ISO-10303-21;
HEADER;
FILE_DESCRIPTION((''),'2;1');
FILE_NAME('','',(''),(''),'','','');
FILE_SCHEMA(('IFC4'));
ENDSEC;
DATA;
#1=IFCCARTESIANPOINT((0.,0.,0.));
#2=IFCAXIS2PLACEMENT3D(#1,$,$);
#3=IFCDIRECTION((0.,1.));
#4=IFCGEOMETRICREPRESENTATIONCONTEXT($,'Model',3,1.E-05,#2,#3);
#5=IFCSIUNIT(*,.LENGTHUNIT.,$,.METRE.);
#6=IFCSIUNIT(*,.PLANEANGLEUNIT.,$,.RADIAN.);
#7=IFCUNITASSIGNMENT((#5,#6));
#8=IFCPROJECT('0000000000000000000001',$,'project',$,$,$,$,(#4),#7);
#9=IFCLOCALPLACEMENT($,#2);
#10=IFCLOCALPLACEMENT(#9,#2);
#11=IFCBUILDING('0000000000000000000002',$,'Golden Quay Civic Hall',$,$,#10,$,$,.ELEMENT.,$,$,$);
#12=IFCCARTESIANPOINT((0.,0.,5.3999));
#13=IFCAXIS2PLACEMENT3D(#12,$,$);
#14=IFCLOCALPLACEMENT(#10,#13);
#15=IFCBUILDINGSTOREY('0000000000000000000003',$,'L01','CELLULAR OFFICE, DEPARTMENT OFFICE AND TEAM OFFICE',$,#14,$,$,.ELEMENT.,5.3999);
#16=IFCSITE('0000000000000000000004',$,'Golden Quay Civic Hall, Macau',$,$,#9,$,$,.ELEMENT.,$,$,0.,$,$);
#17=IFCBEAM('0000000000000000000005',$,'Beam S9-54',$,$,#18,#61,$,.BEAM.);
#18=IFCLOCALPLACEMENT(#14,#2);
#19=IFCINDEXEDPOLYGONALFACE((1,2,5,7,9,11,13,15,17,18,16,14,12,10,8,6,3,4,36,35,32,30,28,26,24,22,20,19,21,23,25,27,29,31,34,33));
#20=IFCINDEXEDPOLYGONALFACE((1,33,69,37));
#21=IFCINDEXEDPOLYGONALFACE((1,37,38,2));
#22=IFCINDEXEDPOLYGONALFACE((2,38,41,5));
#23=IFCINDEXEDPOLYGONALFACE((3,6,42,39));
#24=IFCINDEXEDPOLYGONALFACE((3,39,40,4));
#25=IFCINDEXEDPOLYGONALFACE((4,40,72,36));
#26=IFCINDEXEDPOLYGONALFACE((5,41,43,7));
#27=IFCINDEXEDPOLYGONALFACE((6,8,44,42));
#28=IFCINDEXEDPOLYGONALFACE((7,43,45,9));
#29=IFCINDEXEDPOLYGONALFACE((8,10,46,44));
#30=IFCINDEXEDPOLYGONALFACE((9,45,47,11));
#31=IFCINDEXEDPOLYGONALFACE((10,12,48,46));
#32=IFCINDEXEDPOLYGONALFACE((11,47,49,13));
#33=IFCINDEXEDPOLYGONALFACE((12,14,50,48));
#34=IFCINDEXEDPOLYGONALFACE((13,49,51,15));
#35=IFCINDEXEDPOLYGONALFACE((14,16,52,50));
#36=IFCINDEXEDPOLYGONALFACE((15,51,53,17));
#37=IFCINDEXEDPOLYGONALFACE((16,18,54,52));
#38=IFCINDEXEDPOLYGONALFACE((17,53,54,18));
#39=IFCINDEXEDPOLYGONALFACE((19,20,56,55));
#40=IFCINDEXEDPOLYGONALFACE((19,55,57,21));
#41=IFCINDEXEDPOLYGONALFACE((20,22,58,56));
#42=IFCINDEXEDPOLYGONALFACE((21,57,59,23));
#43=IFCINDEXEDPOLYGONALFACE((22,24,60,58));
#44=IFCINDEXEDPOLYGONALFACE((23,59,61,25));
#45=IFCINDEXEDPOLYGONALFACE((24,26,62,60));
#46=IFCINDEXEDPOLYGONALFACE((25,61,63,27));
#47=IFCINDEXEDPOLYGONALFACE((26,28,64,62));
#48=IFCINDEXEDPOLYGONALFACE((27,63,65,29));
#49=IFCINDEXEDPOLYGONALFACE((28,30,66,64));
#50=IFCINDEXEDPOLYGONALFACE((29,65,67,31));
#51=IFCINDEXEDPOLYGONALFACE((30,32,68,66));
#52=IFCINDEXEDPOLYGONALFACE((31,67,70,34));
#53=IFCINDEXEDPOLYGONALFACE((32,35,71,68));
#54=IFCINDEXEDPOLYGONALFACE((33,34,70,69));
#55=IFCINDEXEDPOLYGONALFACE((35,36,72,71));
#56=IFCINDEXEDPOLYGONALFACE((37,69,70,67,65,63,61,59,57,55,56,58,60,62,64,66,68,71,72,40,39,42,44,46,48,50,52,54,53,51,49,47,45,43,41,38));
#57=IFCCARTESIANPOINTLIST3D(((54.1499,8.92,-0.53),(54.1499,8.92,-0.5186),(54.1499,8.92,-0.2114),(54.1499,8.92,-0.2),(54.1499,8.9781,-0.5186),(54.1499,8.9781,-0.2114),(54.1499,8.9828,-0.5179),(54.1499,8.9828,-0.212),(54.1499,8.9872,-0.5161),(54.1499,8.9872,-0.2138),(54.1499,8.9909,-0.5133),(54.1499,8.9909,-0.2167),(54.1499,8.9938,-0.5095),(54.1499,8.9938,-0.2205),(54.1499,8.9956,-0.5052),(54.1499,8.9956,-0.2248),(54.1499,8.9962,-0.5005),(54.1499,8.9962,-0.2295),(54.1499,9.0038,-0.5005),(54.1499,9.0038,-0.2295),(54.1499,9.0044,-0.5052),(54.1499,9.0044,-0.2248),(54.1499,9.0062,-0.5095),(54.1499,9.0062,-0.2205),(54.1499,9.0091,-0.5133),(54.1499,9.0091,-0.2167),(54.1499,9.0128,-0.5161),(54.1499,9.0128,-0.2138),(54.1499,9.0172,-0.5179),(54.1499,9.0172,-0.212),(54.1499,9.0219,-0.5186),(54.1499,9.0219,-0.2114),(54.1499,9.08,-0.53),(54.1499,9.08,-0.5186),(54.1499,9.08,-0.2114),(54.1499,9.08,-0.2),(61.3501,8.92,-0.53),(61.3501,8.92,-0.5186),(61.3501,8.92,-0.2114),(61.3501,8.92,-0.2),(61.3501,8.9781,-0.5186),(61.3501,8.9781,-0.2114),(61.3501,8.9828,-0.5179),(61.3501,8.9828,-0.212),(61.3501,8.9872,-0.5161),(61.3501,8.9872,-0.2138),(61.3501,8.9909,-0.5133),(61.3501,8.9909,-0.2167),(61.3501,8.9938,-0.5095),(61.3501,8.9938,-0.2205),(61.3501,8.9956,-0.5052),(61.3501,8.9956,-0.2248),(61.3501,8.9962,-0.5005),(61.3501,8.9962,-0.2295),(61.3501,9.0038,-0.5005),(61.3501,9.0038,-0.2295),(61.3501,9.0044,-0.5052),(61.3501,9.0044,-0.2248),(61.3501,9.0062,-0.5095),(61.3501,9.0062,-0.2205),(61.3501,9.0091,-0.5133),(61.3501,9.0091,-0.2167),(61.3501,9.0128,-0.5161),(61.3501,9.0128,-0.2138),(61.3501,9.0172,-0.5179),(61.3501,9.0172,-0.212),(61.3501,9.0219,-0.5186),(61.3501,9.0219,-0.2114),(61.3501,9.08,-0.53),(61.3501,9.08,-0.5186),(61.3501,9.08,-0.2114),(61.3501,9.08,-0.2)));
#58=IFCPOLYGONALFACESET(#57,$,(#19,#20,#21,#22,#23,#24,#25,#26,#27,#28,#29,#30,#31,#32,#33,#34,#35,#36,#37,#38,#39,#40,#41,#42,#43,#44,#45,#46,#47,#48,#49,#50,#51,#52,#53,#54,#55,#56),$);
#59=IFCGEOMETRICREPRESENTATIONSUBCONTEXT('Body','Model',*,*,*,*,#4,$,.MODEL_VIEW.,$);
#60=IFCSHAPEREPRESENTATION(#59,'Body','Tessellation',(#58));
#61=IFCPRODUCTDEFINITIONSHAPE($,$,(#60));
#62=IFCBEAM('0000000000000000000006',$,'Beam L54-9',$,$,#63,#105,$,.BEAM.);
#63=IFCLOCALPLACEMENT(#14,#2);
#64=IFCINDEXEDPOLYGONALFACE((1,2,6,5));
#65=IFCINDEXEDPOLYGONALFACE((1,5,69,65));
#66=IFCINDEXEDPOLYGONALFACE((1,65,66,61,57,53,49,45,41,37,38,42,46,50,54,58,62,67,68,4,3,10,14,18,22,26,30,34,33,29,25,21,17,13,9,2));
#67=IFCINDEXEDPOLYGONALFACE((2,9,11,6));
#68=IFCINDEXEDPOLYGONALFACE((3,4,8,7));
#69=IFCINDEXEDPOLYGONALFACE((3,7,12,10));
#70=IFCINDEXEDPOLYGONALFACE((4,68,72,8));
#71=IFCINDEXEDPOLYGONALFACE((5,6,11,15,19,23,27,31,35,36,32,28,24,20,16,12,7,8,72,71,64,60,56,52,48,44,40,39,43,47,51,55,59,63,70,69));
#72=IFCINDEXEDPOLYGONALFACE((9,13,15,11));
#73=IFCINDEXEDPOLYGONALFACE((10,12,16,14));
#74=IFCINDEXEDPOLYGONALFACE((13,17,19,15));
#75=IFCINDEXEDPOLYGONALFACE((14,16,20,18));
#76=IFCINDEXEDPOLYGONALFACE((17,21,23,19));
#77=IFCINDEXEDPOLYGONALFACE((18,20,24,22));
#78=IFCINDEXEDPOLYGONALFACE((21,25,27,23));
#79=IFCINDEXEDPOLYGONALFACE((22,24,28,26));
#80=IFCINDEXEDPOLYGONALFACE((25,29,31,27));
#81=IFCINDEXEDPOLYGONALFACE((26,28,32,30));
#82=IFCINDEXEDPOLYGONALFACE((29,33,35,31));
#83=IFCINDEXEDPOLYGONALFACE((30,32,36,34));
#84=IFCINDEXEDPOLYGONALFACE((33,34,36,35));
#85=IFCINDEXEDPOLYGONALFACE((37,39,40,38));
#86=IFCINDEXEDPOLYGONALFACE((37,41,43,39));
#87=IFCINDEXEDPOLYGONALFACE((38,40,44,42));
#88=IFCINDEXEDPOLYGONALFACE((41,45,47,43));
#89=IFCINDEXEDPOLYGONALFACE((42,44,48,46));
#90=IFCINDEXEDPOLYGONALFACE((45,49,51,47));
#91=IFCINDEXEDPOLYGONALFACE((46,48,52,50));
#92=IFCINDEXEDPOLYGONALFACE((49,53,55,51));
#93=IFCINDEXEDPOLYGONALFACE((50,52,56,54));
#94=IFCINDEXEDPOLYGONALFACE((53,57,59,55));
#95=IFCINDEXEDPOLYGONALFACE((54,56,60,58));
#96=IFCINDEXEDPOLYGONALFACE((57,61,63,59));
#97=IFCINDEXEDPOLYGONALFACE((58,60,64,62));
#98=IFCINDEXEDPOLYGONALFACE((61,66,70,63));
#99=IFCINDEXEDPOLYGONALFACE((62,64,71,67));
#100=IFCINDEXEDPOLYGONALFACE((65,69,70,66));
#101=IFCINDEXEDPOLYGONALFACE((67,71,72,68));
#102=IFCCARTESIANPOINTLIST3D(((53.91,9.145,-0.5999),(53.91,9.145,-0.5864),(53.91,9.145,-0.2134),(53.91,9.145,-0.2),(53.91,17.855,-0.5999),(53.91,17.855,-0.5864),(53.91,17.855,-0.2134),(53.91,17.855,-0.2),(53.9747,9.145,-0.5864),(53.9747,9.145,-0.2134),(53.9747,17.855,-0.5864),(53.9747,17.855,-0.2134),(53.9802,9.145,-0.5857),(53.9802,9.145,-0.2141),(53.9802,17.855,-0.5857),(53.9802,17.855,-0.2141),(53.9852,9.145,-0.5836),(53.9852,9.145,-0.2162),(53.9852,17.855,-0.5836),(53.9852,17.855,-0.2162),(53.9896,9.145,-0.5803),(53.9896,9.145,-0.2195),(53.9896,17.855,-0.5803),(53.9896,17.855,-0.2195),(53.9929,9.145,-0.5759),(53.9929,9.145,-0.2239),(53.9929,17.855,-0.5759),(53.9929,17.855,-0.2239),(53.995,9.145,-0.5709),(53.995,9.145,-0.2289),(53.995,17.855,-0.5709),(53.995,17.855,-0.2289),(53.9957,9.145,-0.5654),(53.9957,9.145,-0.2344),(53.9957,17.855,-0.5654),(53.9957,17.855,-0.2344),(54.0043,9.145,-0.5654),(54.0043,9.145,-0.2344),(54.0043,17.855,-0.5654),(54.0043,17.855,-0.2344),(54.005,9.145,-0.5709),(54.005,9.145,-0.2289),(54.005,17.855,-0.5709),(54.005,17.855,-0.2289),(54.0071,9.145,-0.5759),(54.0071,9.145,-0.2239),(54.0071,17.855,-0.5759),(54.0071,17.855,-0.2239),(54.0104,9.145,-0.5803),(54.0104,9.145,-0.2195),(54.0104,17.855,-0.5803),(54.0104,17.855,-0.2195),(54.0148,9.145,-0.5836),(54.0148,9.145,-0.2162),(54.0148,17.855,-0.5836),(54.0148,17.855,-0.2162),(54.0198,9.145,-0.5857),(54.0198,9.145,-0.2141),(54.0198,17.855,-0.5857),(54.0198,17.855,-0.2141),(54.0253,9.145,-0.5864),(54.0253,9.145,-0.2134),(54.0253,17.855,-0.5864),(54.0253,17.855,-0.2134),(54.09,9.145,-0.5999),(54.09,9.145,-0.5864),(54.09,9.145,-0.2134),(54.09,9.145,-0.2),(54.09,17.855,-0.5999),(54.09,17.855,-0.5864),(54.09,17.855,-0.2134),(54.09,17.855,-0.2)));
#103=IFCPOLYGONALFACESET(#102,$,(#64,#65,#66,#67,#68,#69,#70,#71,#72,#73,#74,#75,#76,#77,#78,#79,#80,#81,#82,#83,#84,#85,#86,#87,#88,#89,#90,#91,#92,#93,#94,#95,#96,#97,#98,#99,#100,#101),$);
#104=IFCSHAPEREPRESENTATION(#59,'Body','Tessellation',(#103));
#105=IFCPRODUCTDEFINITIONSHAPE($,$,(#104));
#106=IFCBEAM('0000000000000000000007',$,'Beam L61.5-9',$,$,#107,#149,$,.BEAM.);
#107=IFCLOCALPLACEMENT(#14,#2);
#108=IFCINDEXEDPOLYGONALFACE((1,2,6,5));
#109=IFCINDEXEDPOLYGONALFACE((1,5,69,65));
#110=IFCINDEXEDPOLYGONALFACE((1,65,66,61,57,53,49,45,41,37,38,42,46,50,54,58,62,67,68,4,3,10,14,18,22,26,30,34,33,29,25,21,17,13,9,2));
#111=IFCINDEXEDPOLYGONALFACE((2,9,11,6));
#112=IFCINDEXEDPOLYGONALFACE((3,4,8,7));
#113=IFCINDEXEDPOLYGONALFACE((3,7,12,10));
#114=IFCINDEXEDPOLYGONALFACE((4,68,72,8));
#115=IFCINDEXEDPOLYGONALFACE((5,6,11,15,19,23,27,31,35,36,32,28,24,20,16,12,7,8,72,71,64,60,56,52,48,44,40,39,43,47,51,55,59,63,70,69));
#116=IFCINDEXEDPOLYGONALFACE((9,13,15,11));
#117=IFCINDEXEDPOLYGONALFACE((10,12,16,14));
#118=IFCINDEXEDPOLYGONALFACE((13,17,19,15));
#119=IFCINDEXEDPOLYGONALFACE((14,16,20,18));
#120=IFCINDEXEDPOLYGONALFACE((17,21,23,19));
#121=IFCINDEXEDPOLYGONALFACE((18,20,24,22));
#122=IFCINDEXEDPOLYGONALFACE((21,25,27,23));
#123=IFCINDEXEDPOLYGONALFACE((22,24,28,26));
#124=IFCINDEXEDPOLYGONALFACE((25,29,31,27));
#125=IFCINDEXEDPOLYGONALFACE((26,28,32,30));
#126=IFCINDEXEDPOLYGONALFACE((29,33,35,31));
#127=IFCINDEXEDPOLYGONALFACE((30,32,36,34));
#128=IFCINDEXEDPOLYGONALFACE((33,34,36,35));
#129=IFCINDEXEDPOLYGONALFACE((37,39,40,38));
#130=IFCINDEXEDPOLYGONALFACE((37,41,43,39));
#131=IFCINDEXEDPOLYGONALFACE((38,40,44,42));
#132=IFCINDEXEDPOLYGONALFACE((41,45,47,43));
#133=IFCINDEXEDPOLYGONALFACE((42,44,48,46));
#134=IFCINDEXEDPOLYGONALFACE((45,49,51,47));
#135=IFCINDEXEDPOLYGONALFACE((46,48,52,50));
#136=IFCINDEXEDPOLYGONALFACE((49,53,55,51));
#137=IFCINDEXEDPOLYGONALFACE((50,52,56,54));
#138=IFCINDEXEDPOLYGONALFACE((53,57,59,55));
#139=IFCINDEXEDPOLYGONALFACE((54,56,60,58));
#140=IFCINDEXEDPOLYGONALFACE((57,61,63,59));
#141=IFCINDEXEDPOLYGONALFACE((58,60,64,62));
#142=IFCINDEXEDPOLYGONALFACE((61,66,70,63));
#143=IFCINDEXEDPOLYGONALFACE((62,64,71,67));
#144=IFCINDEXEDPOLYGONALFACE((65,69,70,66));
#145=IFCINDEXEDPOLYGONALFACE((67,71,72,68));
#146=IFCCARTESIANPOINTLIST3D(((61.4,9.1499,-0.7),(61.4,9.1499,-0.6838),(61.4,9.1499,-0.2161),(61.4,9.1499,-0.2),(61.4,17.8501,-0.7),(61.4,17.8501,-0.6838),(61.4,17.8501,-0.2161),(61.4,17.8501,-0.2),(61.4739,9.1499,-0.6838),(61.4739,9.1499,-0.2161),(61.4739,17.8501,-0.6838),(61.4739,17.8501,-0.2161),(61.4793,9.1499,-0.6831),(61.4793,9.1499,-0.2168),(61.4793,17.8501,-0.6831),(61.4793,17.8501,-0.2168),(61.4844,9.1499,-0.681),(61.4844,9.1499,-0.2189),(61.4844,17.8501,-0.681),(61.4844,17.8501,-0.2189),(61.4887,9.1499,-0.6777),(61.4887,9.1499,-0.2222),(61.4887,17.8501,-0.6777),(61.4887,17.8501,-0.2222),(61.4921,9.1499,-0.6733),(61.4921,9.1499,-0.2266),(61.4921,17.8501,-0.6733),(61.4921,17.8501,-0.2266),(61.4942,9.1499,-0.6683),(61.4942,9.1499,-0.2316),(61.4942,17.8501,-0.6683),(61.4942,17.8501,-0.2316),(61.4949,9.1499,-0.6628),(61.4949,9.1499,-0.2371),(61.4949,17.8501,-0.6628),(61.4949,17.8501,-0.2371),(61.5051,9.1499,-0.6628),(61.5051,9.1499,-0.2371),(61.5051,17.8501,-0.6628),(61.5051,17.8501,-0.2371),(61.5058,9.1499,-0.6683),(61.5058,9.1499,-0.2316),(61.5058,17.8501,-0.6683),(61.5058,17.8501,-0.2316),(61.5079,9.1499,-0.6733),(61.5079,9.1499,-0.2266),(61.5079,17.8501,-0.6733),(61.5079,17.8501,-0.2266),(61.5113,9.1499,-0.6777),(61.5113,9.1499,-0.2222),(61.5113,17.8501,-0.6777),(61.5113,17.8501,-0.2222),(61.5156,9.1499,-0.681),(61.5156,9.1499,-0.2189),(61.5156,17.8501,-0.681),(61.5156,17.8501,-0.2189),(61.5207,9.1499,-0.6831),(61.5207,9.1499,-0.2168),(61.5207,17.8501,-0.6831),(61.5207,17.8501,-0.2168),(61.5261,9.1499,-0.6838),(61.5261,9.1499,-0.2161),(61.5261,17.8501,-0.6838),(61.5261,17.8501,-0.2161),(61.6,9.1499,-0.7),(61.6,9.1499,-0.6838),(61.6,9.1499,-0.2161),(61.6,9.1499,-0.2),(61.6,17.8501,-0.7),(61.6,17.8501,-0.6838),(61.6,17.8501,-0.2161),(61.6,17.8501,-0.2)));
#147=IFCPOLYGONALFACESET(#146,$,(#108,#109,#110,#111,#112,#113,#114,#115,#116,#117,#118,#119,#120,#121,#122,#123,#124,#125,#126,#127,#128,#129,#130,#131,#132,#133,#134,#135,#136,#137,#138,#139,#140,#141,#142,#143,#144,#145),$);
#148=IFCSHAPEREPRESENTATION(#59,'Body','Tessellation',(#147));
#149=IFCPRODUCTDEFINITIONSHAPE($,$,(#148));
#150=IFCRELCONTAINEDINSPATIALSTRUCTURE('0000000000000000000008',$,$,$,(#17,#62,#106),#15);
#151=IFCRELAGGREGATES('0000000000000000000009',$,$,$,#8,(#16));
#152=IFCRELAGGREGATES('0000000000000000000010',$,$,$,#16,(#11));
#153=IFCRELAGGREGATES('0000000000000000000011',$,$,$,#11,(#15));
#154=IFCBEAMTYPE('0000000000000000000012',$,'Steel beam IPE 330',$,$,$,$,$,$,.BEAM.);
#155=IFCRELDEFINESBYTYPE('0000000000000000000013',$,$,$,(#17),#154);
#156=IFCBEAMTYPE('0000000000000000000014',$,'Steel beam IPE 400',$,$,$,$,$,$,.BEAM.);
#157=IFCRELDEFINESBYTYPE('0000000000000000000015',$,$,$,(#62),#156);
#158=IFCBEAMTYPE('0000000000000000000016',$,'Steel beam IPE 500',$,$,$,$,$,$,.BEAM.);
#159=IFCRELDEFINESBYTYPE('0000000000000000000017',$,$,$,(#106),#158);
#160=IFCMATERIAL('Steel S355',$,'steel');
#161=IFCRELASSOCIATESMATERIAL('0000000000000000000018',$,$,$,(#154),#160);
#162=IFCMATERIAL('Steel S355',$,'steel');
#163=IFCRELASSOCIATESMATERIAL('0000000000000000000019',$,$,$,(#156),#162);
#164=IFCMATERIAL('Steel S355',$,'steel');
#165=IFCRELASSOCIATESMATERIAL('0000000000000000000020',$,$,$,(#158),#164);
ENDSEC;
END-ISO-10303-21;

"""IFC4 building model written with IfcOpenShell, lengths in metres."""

from ifc_helpers import new_model, si_unit, direction, frame, origin, origin_2d, place, context, subcontext, project, spatial, i_section, extrude, material, material_profile, profile_set, type_object, element, save


model = new_model("IFC4")

# Units and contexts
model_context = context("Model", 3, precision=1e-05, world=origin(), true_north=direction((0.0, 1.0)))
body_context = subcontext(model_context, "Body", "Model", "MODEL_VIEW")
ifc_project = project(units=[si_unit("LENGTHUNIT", "METRE"), si_unit("PLANEANGLEUNIT", "RADIAN")], contexts=[model_context])

# Site, building, storey
site_placement = place(None, origin())
site = spatial("IfcSite", under=ifc_project, at=site_placement, Name="Golden Quay Civic Hall, Macau", CompositionType="ELEMENT", RefElevation=0.0)
building_placement = place(site_placement, origin())
building = spatial("IfcBuilding", under=site, at=building_placement, Name="Golden Quay Civic Hall", CompositionType="ELEMENT")
storey_placement = place(building_placement, frame((0.0, 0.0, 5.3999)))
storey = spatial("IfcBuildingStorey", under=building, at=storey_placement, Name="L01", Description="CELLULAR OFFICE, DEPARTMENT OFFICE AND TEAM OFFICE", CompositionType="ELEMENT", Elevation=5.3999)

# Beams
ifc_material_1 = material(Name="Steel S355", Category="steel")
ifc_material_profile_1 = material_profile(ifc_material_1, i_section(OverallWidth=0.1599, OverallDepth=0.3301, WebThickness=0.0076, FlangeThickness=0.0115, FilletRadius=0.0181, at=origin_2d()), Name="IPE 330")
ifc_profile_set_1 = profile_set([ifc_material_profile_1], Name="Steel S355")
beam_type_1 = type_object("IfcBeamType", Name="Steel beam IPE 330", PredefinedType="BEAM", material=ifc_profile_set_1)
beam_1_placement = place(storey_placement, frame((54.1499, 9.0, -0.365), z_axis=(1.0, 0.0, 0.0), x_axis=(0.0, 1.0, 0.0)))
element("IfcBeam", 1, at=beam_1_placement, inside=storey, type_object=beam_type_1, Name="Beam S9-54", PredefinedType="BEAM", context=body_context, shape_type="SweptSolid", body=[
    extrude(i_section(OverallWidth=0.1599, OverallDepth=0.3301, WebThickness=0.0076, FlangeThickness=0.0115, FilletRadius=0.0181, at=origin_2d()), origin(), (0.0, 0.0, 1.0), 7.2002),
])
ifc_material_2 = material(Name="Steel S355", Category="steel")
ifc_material_profile_2 = material_profile(ifc_material_2, i_section(OverallWidth=0.1799, OverallDepth=0.3999, WebThickness=0.0085, FlangeThickness=0.0134, FilletRadius=0.021, at=origin_2d()), Name="IPE 400")
ifc_profile_set_2 = profile_set([ifc_material_profile_2], Name="Steel S355")
beam_type_2 = type_object("IfcBeamType", Name="Steel beam IPE 400", PredefinedType="BEAM", material=ifc_profile_set_2)
beam_2_placement = place(storey_placement, frame((54.0, 9.145, -0.3999), z_axis=(0.0, 1.0, 0.0), x_axis=(-1.0, 0.0, 0.0)))
element("IfcBeam", 2, at=beam_2_placement, inside=storey, type_object=beam_type_2, Name="Beam L54-9", PredefinedType="BEAM", context=body_context, shape_type="SweptSolid", body=[
    extrude(i_section(OverallWidth=0.1799, OverallDepth=0.3999, WebThickness=0.0085, FlangeThickness=0.0134, FilletRadius=0.021, at=origin_2d()), origin(), (0.0, 0.0, 1.0), 8.71),
])
ifc_material_3 = material(Name="Steel S355", Category="steel")
ifc_material_profile_3 = material_profile(ifc_material_3, i_section(OverallWidth=0.2, OverallDepth=0.5, WebThickness=0.0103, FlangeThickness=0.0161, FilletRadius=0.021, at=origin_2d()), Name="IPE 500")
ifc_profile_set_3 = profile_set([ifc_material_profile_3], Name="Steel S355")
beam_type_3 = type_object("IfcBeamType", Name="Steel beam IPE 500", PredefinedType="BEAM", material=ifc_profile_set_3)
beam_3_placement = place(storey_placement, frame((61.5, 9.1499, -0.45), z_axis=(0.0, 1.0, 0.0), x_axis=(-1.0, 0.0, 0.0)))
element("IfcBeam", 3, at=beam_3_placement, inside=storey, type_object=beam_type_3, Name="Beam L61.5-9", PredefinedType="BEAM", context=body_context, shape_type="SweptSolid", body=[
    extrude(i_section(OverallWidth=0.2, OverallDepth=0.5, WebThickness=0.0103, FlangeThickness=0.0161, FilletRadius=0.021, at=origin_2d()), origin(), (0.0, 0.0, 1.0), 8.7002),
])

save(model, "model.ifc")
